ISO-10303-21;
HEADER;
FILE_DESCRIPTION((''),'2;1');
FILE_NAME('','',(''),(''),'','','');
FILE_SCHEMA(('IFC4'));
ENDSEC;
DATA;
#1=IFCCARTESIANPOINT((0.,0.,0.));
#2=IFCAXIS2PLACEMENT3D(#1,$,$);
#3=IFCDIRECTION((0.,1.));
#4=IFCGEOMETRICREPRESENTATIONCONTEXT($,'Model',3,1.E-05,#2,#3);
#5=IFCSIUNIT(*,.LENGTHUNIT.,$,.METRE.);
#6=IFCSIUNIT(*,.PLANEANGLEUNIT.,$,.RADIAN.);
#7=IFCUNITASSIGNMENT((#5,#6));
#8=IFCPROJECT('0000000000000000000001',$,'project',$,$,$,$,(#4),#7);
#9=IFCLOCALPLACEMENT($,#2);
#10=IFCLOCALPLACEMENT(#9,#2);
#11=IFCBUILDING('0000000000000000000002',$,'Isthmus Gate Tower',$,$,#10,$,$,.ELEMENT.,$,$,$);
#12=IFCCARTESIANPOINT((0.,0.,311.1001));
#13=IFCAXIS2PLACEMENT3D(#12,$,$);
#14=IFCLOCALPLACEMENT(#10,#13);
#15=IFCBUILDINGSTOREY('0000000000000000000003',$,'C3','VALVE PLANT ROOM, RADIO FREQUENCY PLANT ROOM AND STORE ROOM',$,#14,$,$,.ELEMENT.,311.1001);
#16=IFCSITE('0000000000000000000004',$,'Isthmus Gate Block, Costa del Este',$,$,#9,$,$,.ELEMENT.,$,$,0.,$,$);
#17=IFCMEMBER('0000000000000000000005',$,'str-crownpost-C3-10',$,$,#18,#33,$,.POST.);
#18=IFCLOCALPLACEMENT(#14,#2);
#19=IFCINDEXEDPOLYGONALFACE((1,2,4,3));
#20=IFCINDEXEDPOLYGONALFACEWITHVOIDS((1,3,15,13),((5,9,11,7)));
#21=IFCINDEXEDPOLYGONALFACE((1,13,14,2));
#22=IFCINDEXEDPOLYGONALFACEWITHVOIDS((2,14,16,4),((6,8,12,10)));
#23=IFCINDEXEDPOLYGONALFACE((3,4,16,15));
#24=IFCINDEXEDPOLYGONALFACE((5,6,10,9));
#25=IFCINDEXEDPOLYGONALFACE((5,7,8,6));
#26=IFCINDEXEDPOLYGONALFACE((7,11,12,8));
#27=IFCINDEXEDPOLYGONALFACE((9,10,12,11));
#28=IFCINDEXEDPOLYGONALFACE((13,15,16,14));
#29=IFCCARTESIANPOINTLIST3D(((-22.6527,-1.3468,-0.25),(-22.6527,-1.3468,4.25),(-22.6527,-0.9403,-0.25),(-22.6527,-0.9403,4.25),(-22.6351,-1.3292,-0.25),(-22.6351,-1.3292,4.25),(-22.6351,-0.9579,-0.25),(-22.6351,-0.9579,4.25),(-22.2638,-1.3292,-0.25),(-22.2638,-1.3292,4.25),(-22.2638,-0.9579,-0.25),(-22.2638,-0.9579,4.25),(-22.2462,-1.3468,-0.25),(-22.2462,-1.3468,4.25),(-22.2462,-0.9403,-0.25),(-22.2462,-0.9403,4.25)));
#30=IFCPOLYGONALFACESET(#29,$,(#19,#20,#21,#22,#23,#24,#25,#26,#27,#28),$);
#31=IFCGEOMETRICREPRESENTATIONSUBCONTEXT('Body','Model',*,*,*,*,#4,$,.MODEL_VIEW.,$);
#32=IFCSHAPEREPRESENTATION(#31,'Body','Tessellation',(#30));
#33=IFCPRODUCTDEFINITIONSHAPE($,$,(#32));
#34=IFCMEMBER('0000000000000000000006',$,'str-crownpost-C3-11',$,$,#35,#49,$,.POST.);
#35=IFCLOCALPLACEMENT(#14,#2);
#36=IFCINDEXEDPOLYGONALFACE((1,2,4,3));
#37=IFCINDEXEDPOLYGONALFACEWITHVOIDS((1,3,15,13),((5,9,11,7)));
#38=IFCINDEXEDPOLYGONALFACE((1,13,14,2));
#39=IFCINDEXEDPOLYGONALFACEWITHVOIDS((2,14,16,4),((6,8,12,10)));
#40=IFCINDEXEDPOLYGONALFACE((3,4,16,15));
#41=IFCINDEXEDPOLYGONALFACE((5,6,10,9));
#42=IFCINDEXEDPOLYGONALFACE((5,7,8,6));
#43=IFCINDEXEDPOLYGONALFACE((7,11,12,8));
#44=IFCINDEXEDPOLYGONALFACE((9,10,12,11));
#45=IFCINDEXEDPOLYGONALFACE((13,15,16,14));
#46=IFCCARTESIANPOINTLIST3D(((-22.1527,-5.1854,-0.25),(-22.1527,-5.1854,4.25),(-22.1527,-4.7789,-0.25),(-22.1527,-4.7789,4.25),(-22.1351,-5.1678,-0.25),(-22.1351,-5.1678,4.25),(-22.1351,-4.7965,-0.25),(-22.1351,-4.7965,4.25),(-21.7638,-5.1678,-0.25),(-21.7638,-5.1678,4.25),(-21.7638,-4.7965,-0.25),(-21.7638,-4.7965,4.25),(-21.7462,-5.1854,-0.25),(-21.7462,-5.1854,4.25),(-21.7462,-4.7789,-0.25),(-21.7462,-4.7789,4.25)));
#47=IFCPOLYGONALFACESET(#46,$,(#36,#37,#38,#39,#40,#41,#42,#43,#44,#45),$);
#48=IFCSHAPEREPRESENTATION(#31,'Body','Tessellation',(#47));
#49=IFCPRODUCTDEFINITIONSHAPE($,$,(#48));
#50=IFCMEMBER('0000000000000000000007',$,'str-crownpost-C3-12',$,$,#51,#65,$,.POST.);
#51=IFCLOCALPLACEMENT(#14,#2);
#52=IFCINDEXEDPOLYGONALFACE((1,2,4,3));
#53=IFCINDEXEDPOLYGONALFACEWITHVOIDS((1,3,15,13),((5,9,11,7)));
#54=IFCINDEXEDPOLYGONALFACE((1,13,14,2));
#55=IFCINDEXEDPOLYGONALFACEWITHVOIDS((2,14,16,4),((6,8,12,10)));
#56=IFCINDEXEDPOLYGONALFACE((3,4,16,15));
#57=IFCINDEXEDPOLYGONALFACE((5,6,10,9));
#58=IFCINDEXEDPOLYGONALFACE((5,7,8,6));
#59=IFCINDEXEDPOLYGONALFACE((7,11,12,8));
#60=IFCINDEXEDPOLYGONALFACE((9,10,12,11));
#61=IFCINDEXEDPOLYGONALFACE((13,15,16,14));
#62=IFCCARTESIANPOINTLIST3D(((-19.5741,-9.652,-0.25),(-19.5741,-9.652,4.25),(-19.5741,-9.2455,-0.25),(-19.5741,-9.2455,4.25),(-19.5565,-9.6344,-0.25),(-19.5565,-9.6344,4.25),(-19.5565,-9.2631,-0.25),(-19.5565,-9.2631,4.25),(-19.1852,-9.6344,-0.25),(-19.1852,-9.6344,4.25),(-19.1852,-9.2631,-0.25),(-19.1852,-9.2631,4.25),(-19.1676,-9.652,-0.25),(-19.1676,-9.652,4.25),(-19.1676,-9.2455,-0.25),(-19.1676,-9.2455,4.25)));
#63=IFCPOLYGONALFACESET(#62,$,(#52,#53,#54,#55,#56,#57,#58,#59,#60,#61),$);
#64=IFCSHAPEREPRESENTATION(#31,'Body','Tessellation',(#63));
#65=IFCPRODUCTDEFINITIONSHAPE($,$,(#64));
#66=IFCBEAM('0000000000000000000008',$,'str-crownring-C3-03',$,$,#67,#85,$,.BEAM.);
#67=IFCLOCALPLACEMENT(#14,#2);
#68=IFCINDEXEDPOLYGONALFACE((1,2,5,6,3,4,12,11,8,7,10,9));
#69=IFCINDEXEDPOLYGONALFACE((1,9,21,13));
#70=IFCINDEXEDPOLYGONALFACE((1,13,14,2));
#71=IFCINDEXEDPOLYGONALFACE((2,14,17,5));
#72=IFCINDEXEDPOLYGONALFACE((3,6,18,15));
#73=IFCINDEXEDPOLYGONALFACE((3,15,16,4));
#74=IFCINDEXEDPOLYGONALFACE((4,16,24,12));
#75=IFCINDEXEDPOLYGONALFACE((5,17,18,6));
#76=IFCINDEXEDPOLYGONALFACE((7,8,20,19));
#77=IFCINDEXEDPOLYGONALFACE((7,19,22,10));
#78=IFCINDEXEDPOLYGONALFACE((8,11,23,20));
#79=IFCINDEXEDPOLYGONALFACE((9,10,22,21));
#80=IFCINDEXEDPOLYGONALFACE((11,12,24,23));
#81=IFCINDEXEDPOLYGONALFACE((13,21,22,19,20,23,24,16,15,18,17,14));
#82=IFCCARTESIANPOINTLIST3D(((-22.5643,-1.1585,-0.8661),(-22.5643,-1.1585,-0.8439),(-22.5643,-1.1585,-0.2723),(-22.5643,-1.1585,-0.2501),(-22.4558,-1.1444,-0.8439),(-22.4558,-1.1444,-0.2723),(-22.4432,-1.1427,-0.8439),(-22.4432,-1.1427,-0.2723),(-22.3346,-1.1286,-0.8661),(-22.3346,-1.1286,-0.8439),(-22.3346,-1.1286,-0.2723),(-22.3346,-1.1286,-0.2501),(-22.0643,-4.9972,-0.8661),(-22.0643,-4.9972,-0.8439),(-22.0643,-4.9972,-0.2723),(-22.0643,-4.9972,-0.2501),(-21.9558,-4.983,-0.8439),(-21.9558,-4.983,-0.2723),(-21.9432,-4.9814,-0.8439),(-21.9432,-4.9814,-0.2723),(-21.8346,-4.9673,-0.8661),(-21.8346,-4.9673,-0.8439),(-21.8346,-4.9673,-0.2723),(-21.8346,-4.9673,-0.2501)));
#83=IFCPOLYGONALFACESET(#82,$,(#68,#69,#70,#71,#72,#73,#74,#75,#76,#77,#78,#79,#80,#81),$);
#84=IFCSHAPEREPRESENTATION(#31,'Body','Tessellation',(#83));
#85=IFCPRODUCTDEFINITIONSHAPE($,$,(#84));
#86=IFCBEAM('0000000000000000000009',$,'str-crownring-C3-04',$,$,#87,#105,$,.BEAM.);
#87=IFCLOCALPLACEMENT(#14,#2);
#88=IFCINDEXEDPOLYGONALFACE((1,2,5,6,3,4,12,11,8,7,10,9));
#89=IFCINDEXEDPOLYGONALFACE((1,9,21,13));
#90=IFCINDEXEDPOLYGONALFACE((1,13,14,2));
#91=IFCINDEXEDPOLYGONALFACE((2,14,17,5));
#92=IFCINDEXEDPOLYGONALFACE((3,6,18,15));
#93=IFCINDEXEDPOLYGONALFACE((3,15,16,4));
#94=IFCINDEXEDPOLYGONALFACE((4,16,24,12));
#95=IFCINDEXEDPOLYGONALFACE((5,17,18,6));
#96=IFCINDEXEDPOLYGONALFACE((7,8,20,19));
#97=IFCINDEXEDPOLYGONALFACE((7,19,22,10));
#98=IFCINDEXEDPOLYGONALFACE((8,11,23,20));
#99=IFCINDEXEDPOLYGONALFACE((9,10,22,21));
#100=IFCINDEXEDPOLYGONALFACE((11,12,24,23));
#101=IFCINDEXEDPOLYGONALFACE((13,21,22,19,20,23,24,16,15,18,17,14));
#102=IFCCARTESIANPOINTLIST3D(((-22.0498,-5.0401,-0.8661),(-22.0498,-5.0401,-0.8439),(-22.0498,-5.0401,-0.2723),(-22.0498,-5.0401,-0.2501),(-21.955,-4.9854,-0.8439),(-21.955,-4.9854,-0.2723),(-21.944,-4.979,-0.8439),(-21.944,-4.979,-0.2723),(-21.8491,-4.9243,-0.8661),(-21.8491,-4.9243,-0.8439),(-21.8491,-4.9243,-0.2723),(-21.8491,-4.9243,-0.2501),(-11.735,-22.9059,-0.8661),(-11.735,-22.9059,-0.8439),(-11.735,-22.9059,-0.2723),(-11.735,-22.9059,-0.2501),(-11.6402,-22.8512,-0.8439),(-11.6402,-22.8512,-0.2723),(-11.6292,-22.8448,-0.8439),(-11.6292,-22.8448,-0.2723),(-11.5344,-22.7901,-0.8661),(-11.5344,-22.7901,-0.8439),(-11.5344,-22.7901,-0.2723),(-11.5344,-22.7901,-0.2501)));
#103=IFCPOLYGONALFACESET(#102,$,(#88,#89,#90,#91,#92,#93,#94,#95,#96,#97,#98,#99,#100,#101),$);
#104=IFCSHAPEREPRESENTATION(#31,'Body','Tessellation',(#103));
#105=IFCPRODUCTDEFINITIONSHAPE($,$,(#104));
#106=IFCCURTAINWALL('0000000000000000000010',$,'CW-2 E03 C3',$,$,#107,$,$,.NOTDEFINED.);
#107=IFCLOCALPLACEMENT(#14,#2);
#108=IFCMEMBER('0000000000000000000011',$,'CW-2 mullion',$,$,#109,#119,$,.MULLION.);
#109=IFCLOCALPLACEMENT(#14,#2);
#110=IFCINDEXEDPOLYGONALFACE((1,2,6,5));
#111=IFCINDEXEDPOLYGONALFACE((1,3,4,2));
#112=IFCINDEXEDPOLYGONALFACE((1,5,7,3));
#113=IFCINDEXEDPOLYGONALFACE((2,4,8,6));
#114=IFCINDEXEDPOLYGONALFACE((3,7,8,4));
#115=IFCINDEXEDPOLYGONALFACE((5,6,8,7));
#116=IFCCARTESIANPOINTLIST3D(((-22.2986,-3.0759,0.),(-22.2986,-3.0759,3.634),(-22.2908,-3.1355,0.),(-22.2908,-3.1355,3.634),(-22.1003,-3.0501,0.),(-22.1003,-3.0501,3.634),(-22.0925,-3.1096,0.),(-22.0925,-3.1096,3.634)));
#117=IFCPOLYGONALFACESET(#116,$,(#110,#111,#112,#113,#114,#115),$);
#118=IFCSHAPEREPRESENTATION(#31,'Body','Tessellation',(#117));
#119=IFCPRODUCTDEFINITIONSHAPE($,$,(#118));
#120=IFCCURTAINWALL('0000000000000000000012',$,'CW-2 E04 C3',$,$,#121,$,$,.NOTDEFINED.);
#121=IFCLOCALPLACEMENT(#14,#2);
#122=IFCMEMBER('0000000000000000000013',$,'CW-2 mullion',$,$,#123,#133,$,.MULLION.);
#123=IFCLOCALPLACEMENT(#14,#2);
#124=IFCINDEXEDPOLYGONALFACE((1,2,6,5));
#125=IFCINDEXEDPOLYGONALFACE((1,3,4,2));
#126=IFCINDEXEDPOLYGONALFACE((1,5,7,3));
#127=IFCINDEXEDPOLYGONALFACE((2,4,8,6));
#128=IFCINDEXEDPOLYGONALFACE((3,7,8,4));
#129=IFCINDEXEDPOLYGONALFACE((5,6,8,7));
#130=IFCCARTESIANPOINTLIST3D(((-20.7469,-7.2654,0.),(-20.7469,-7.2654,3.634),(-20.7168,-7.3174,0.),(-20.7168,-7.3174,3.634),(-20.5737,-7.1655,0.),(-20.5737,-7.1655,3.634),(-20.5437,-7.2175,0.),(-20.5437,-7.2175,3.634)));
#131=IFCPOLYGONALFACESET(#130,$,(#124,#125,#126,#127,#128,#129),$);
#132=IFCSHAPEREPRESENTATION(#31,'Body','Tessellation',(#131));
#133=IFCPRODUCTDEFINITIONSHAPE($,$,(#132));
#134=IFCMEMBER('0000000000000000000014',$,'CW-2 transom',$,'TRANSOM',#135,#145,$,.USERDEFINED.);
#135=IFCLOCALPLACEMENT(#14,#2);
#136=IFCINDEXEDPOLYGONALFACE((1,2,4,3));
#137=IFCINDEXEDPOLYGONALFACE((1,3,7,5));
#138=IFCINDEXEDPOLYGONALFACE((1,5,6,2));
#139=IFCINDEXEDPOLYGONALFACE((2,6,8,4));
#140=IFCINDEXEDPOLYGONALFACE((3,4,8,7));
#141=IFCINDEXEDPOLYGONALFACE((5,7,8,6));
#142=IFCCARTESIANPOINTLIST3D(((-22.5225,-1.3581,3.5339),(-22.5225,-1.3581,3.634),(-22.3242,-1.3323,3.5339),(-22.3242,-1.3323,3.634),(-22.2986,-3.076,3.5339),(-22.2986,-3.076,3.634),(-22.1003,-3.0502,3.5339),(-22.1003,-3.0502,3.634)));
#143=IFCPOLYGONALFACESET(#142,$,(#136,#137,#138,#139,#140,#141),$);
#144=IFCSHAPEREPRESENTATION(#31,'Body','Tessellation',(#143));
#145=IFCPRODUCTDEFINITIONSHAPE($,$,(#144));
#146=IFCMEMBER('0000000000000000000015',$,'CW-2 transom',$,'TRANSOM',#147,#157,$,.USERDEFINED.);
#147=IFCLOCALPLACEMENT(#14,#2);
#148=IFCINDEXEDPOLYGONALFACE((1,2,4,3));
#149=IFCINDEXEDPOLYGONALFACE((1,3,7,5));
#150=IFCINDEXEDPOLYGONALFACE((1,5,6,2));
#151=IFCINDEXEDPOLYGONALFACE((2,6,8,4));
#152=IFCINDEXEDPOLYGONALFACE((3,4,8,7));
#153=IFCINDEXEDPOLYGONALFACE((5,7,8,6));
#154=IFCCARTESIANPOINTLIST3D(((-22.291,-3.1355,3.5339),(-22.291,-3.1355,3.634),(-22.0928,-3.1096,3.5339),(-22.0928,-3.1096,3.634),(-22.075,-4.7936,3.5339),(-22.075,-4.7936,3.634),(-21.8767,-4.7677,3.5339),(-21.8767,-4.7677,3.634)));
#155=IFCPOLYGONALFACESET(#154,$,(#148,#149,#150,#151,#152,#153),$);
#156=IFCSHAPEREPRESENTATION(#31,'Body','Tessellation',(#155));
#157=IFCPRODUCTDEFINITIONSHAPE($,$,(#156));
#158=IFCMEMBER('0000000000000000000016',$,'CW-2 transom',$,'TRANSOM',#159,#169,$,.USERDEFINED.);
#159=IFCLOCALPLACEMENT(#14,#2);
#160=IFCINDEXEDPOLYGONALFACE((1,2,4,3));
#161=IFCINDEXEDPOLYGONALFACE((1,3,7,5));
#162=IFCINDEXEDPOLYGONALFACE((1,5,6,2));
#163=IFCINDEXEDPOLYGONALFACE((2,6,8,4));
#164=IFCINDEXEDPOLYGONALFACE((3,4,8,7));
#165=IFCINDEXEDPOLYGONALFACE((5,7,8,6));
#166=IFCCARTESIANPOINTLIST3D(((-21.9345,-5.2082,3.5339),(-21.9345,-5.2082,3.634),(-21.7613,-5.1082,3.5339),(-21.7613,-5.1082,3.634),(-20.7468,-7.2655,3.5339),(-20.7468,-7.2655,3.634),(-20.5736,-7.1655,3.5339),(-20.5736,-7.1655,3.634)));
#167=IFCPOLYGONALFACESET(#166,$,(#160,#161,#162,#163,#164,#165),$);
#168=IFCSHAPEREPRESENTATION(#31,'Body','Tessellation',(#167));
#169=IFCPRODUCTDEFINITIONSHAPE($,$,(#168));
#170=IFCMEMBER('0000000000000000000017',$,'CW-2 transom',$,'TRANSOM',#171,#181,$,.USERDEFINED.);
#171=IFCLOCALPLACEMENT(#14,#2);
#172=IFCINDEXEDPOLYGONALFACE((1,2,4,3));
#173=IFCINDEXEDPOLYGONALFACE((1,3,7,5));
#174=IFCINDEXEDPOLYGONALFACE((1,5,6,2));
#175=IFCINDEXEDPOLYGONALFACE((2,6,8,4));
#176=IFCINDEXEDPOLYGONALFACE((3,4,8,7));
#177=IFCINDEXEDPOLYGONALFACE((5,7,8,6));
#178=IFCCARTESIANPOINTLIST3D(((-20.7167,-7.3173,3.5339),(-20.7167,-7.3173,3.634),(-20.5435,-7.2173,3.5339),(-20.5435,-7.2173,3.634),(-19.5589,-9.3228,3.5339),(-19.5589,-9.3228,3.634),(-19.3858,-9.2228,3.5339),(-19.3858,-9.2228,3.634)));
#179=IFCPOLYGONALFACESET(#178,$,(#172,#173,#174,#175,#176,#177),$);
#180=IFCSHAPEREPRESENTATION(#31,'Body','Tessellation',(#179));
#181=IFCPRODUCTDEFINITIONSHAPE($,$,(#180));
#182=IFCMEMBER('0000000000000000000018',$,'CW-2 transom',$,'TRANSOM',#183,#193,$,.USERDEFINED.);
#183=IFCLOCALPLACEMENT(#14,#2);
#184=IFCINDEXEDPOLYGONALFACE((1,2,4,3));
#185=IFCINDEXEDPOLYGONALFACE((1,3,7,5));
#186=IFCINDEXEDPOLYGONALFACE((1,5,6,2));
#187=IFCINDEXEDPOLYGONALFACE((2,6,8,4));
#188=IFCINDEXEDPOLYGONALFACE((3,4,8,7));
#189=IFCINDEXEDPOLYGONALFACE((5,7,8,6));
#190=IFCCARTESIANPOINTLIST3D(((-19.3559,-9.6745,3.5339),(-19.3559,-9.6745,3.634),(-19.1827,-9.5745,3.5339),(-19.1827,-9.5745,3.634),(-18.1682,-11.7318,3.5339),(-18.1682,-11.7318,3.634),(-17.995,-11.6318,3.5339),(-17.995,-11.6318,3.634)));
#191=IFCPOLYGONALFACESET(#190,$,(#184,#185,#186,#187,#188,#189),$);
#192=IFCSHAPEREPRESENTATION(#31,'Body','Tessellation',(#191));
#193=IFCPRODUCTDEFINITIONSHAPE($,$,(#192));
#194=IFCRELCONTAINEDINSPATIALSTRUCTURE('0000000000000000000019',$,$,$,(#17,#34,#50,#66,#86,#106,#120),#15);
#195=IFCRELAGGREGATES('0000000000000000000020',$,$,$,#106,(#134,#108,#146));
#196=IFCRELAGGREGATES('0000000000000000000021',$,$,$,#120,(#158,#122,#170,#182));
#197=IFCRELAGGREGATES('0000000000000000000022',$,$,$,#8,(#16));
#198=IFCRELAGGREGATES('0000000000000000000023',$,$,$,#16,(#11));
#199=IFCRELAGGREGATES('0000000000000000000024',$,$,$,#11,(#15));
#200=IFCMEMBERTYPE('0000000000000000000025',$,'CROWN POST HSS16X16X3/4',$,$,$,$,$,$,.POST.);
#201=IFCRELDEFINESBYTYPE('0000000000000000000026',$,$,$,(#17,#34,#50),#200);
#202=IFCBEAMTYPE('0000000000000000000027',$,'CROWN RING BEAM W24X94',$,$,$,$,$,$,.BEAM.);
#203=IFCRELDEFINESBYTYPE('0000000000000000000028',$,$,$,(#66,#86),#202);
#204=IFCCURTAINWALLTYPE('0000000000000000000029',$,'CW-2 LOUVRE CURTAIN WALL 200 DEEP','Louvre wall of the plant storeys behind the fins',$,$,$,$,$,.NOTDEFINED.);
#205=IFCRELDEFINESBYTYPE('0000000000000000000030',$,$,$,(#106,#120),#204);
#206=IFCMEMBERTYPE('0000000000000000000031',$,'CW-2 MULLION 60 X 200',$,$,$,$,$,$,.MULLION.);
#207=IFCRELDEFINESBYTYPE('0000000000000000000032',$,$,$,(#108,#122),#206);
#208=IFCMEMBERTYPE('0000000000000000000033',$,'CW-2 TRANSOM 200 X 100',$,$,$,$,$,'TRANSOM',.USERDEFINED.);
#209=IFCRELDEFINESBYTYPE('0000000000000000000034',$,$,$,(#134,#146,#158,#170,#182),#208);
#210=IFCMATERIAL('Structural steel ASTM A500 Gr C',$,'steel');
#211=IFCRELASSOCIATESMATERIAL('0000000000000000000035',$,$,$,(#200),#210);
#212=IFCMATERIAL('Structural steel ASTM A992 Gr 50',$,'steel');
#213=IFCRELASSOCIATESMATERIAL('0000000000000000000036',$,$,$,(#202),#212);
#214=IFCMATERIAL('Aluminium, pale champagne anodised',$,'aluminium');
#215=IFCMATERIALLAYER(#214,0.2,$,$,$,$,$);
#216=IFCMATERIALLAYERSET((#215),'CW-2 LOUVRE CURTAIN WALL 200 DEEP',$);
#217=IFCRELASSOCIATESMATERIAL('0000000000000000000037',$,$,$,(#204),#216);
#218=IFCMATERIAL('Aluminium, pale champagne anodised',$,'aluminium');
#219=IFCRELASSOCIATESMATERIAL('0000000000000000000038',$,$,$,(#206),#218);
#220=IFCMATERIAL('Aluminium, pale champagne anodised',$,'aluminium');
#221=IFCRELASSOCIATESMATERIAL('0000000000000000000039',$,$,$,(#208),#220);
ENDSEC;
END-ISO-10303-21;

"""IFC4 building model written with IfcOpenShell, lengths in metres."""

from ifc_helpers import new_model, si_unit, direction, frame, origin, origin_2d, place, context, subcontext, project, spatial, rectangle, hollow_rectangle, i_section, extrude, material, layer, layer_set, material_profile, profile_set, type_object, element, aggregate, save


model = new_model("IFC4")

# Units and contexts
model_context = context("Model", 3, precision=1e-05, world=origin(), true_north=direction((0.0, 1.0)))
body_context = subcontext(model_context, "Body", "Model", "MODEL_VIEW")
ifc_project = project(units=[si_unit("LENGTHUNIT", "METRE"), si_unit("PLANEANGLEUNIT", "RADIAN")], contexts=[model_context])

# Site, building, storey
site_placement = place(None, origin())
site = spatial("IfcSite", under=ifc_project, at=site_placement, Name="Isthmus Gate Block, Costa del Este", CompositionType="ELEMENT", RefElevation=0.0)
building_placement = place(site_placement, origin())
building = spatial("IfcBuilding", under=site, at=building_placement, Name="Isthmus Gate Tower", CompositionType="ELEMENT")
storey_placement = place(building_placement, frame((0.0, 0.0, 311.1001)))
storey = spatial("IfcBuildingStorey", under=building, at=storey_placement, Name="C3", Description="VALVE PLANT ROOM, RADIO FREQUENCY PLANT ROOM AND STORE ROOM", CompositionType="ELEMENT", Elevation=311.1001)

# Members
ifc_material_1 = material(Name="Structural steel ASTM A500 Gr C", Category="steel")
ifc_material_profile_1 = material_profile(ifc_material_1, hollow_rectangle(XDim=0.4065, YDim=0.4065, WallThickness=0.0176, at=origin_2d()), Name="HSS16X16X3/4")
ifc_profile_set_1 = profile_set([ifc_material_profile_1], Name="Structural steel ASTM A500 Gr C")
member_type_1 = type_object("IfcMemberType", Name="CROWN POST HSS16X16X3/4", PredefinedType="POST", material=ifc_profile_set_1)
for number, where, z_axis, x_axis, name in (
    (1, (-22.4495, -1.1436, -0.25), (0.0, 0.0, 1.0), (1.0, 0.0, 0.0), "str-crownpost-C3-10"),
    (2, (-21.9495, -4.9822, -0.25), (0.0, 0.0, 1.0), (1.0, 0.0, 0.0), "str-crownpost-C3-11"),
    (3, (-19.3708, -9.4487, -0.25), (0.0, 0.0, 1.0), (1.0, 0.0, 0.0), "str-crownpost-C3-12"),
):
    element("IfcMember", number, at=place(storey_placement, frame(where, z_axis=z_axis, x_axis=x_axis)), inside=storey, type_object=member_type_1, Name=name, PredefinedType="POST", context=body_context, shape_type="SweptSolid", body=[
        extrude(hollow_rectangle(XDim=0.4065, YDim=0.4065, WallThickness=0.0176, at=origin_2d()), origin(), (0.0, 0.0, 1.0), 4.5),
    ])

# Beams
ifc_material_2 = material(Name="Structural steel ASTM A992 Gr 50", Category="steel")
ifc_material_profile_2 = material_profile(ifc_material_2, i_section(OverallWidth=0.2317, OverallDepth=0.616, WebThickness=0.0127, FlangeThickness=0.0222, at=origin_2d()), Name="W24X94")
ifc_profile_set_2 = profile_set([ifc_material_profile_2], Name="Structural steel ASTM A992 Gr 50")
beam_type = type_object("IfcBeamType", Name="CROWN RING BEAM W24X94", PredefinedType="BEAM", material=ifc_profile_set_2)
beam_1_placement = place(storey_placement, frame((-22.4495, -1.1436, -0.5581), z_axis=(0.129164, -0.991623, 0.0), x_axis=(0.991623, 0.129164, 0.0)))
element("IfcBeam", 4, at=beam_1_placement, inside=storey, type_object=beam_type, Name="str-crownring-C3-03", PredefinedType="BEAM", context=body_context, shape_type="SweptSolid", body=[
    extrude(i_section(OverallWidth=0.2317, OverallDepth=0.616, WebThickness=0.0127, FlangeThickness=0.0222, at=origin_2d()), origin(), (0.0, 0.0, 1.0), 3.8711),
])
beam_2_placement = place(storey_placement, frame((-21.9495, -4.9822, -0.5581), z_axis=(0.499997, -0.866027, 0.0), x_axis=(0.866027, 0.499997, 0.0)))
element("IfcBeam", 5, at=beam_2_placement, inside=storey, type_object=beam_type, Name="str-crownring-C3-04", PredefinedType="BEAM", context=body_context, shape_type="SweptSolid", body=[
    extrude(i_section(OverallWidth=0.2317, OverallDepth=0.616, WebThickness=0.0127, FlangeThickness=0.0222, at=origin_2d()), origin(), (0.0, 0.0, 1.0), 20.6296),
])

# Curtain walls, members
ifc_material_3 = material(Name="Aluminium, pale champagne anodised", Category="aluminium")
ifc_layer_1 = layer(ifc_material_3, 0.2)
ifc_layer_set_1 = layer_set([ifc_layer_1], Name="CW-2 LOUVRE CURTAIN WALL 200 DEEP")
curtain_wall_type = type_object("IfcCurtainWallType", Name="CW-2 LOUVRE CURTAIN WALL 200 DEEP", Description="Louvre wall of the plant storeys behind the fins", PredefinedType="NOTDEFINED", material=ifc_layer_set_1)
curtain_wall_1_placement = place(storey_placement, origin())
curtain_wall_1 = element("IfcCurtainWall", 6, at=curtain_wall_1_placement, inside=storey, type_object=curtain_wall_type, Name="CW-2 E03 C3", PredefinedType="NOTDEFINED")
ifc_material_4 = material(Name="Aluminium, pale champagne anodised", Category="aluminium")
ifc_material_profile_3 = material_profile(ifc_material_4, rectangle(XDim=0.0601, YDim=0.2, at=origin_2d()), Name="60x200")
ifc_profile_set_3 = profile_set([ifc_material_profile_3], Name="Aluminium, pale champagne anodised")
member_type_2 = type_object("IfcMemberType", Name="CW-2 MULLION 60 X 200", PredefinedType="MULLION", material=ifc_profile_set_3)
member_1_placement = place(storey_placement, frame((-22.1956, -3.0928, 0.0), z_axis=(0.0, 0.0, 1.0), x_axis=(0.129165, -0.991623, 0.0)))
member_1 = element("IfcMember", 7, at=member_1_placement, type_object=member_type_2, Name="CW-2 mullion", PredefinedType="MULLION", context=body_context, shape_type="SweptSolid", body=[
    extrude(rectangle(XDim=0.0601, YDim=0.2, at=origin_2d()), origin(), (0.0, 0.0, 1.0), 3.634),
])
curtain_wall_2_placement = place(storey_placement, origin())
curtain_wall_2 = element("IfcCurtainWall", 8, at=curtain_wall_2_placement, inside=storey, type_object=curtain_wall_type, Name="CW-2 E04 C3", PredefinedType="NOTDEFINED")
member_2_placement = place(storey_placement, frame((-20.6453, -7.2415, 0.0), z_axis=(0.0, 0.0, 1.0), x_axis=(0.5, -0.866025, 0.0)))
member_2 = element("IfcMember", 9, at=member_2_placement, type_object=member_type_2, Name="CW-2 mullion", PredefinedType="MULLION", context=body_context, shape_type="SweptSolid", body=[
    extrude(rectangle(XDim=0.0601, YDim=0.2, at=origin_2d()), origin(), (0.0, 0.0, 1.0), 3.634),
])

# Members
ifc_material_5 = material(Name="Aluminium, pale champagne anodised", Category="aluminium")
ifc_material_profile_4 = material_profile(ifc_material_5, rectangle(XDim=0.2, YDim=0.1001, at=origin_2d()), Name="200x100")
ifc_profile_set_4 = profile_set([ifc_material_profile_4], Name="Aluminium, pale champagne anodised")
member_type_3 = type_object("IfcMemberType", Name="CW-2 TRANSOM 200 X 100", ElementType="TRANSOM", PredefinedType="USERDEFINED", material=ifc_profile_set_4)
member_3_placement = place(storey_placement, frame((-22.4233, -1.3452, 3.584), z_axis=(0.129237, -0.991614, 0.0), x_axis=(0.991614, 0.129237, 0.0)))
member_3 = element("IfcMember", 10, at=member_3_placement, type_object=member_type_3, Name="CW-2 transom", ObjectType="TRANSOM", PredefinedType="USERDEFINED", context=body_context, shape_type="SweptSolid", body=[
    extrude(rectangle(XDim=0.2, YDim=0.1001, at=origin_2d()), origin(), (0.0, 0.0, 1.0), 1.7324),
])
member_4_placement = place(storey_placement, frame((-22.1919, -3.1226, 3.584), z_axis=(0.129208, -0.991617, 0.0), x_axis=(0.991617, 0.129208, 0.0)))
member_4 = element("IfcMember", 11, at=member_4_placement, type_object=member_type_3, Name="CW-2 transom", ObjectType="TRANSOM", PredefinedType="USERDEFINED", context=body_context, shape_type="SweptSolid", body=[
    extrude(rectangle(XDim=0.2, YDim=0.1001, at=origin_2d()), origin(), (0.0, 0.0, 1.0), 1.6721),
])
member_5_placement = place(storey_placement, frame((-21.8479, -5.1582, 3.584), z_axis=(0.499975, -0.86604, 0.0), x_axis=(0.86604, 0.499975, 0.0)))
member_5 = element("IfcMember", 12, at=member_5_placement, type_object=member_type_3, Name="CW-2 transom", ObjectType="TRANSOM", PredefinedType="USERDEFINED", context=body_context, shape_type="SweptSolid", body=[
    extrude(rectangle(XDim=0.2, YDim=0.1001, at=origin_2d()), origin(), (0.0, 0.0, 1.0), 2.3755),
])
member_6_placement = place(storey_placement, frame((-20.6301, -7.2673, 3.584), z_axis=(0.499972, -0.866042, 0.0), x_axis=(0.866042, 0.499972, 0.0)))
member_6 = element("IfcMember", 13, at=member_6_placement, type_object=member_type_3, Name="CW-2 transom", ObjectType="TRANSOM", PredefinedType="USERDEFINED", context=body_context, shape_type="SweptSolid", body=[
    extrude(rectangle(XDim=0.2, YDim=0.1001, at=origin_2d()), origin(), (0.0, 0.0, 1.0), 2.3157),
])
member_7_placement = place(storey_placement, frame((-19.2693, -9.6245, 3.584), z_axis=(0.499975, -0.86604, 0.0), x_axis=(0.86604, 0.499975, 0.0)))
member_7 = element("IfcMember", 14, at=member_7_placement, type_object=member_type_3, Name="CW-2 transom", ObjectType="TRANSOM", PredefinedType="USERDEFINED", context=body_context, shape_type="SweptSolid", body=[
    extrude(rectangle(XDim=0.2, YDim=0.1001, at=origin_2d()), origin(), (0.0, 0.0, 1.0), 2.3755),
])

aggregate(curtain_wall_1, [member_3, member_1, member_4])
aggregate(curtain_wall_2, [member_5, member_2, member_6, member_7])

save(model, "model.ifc")
